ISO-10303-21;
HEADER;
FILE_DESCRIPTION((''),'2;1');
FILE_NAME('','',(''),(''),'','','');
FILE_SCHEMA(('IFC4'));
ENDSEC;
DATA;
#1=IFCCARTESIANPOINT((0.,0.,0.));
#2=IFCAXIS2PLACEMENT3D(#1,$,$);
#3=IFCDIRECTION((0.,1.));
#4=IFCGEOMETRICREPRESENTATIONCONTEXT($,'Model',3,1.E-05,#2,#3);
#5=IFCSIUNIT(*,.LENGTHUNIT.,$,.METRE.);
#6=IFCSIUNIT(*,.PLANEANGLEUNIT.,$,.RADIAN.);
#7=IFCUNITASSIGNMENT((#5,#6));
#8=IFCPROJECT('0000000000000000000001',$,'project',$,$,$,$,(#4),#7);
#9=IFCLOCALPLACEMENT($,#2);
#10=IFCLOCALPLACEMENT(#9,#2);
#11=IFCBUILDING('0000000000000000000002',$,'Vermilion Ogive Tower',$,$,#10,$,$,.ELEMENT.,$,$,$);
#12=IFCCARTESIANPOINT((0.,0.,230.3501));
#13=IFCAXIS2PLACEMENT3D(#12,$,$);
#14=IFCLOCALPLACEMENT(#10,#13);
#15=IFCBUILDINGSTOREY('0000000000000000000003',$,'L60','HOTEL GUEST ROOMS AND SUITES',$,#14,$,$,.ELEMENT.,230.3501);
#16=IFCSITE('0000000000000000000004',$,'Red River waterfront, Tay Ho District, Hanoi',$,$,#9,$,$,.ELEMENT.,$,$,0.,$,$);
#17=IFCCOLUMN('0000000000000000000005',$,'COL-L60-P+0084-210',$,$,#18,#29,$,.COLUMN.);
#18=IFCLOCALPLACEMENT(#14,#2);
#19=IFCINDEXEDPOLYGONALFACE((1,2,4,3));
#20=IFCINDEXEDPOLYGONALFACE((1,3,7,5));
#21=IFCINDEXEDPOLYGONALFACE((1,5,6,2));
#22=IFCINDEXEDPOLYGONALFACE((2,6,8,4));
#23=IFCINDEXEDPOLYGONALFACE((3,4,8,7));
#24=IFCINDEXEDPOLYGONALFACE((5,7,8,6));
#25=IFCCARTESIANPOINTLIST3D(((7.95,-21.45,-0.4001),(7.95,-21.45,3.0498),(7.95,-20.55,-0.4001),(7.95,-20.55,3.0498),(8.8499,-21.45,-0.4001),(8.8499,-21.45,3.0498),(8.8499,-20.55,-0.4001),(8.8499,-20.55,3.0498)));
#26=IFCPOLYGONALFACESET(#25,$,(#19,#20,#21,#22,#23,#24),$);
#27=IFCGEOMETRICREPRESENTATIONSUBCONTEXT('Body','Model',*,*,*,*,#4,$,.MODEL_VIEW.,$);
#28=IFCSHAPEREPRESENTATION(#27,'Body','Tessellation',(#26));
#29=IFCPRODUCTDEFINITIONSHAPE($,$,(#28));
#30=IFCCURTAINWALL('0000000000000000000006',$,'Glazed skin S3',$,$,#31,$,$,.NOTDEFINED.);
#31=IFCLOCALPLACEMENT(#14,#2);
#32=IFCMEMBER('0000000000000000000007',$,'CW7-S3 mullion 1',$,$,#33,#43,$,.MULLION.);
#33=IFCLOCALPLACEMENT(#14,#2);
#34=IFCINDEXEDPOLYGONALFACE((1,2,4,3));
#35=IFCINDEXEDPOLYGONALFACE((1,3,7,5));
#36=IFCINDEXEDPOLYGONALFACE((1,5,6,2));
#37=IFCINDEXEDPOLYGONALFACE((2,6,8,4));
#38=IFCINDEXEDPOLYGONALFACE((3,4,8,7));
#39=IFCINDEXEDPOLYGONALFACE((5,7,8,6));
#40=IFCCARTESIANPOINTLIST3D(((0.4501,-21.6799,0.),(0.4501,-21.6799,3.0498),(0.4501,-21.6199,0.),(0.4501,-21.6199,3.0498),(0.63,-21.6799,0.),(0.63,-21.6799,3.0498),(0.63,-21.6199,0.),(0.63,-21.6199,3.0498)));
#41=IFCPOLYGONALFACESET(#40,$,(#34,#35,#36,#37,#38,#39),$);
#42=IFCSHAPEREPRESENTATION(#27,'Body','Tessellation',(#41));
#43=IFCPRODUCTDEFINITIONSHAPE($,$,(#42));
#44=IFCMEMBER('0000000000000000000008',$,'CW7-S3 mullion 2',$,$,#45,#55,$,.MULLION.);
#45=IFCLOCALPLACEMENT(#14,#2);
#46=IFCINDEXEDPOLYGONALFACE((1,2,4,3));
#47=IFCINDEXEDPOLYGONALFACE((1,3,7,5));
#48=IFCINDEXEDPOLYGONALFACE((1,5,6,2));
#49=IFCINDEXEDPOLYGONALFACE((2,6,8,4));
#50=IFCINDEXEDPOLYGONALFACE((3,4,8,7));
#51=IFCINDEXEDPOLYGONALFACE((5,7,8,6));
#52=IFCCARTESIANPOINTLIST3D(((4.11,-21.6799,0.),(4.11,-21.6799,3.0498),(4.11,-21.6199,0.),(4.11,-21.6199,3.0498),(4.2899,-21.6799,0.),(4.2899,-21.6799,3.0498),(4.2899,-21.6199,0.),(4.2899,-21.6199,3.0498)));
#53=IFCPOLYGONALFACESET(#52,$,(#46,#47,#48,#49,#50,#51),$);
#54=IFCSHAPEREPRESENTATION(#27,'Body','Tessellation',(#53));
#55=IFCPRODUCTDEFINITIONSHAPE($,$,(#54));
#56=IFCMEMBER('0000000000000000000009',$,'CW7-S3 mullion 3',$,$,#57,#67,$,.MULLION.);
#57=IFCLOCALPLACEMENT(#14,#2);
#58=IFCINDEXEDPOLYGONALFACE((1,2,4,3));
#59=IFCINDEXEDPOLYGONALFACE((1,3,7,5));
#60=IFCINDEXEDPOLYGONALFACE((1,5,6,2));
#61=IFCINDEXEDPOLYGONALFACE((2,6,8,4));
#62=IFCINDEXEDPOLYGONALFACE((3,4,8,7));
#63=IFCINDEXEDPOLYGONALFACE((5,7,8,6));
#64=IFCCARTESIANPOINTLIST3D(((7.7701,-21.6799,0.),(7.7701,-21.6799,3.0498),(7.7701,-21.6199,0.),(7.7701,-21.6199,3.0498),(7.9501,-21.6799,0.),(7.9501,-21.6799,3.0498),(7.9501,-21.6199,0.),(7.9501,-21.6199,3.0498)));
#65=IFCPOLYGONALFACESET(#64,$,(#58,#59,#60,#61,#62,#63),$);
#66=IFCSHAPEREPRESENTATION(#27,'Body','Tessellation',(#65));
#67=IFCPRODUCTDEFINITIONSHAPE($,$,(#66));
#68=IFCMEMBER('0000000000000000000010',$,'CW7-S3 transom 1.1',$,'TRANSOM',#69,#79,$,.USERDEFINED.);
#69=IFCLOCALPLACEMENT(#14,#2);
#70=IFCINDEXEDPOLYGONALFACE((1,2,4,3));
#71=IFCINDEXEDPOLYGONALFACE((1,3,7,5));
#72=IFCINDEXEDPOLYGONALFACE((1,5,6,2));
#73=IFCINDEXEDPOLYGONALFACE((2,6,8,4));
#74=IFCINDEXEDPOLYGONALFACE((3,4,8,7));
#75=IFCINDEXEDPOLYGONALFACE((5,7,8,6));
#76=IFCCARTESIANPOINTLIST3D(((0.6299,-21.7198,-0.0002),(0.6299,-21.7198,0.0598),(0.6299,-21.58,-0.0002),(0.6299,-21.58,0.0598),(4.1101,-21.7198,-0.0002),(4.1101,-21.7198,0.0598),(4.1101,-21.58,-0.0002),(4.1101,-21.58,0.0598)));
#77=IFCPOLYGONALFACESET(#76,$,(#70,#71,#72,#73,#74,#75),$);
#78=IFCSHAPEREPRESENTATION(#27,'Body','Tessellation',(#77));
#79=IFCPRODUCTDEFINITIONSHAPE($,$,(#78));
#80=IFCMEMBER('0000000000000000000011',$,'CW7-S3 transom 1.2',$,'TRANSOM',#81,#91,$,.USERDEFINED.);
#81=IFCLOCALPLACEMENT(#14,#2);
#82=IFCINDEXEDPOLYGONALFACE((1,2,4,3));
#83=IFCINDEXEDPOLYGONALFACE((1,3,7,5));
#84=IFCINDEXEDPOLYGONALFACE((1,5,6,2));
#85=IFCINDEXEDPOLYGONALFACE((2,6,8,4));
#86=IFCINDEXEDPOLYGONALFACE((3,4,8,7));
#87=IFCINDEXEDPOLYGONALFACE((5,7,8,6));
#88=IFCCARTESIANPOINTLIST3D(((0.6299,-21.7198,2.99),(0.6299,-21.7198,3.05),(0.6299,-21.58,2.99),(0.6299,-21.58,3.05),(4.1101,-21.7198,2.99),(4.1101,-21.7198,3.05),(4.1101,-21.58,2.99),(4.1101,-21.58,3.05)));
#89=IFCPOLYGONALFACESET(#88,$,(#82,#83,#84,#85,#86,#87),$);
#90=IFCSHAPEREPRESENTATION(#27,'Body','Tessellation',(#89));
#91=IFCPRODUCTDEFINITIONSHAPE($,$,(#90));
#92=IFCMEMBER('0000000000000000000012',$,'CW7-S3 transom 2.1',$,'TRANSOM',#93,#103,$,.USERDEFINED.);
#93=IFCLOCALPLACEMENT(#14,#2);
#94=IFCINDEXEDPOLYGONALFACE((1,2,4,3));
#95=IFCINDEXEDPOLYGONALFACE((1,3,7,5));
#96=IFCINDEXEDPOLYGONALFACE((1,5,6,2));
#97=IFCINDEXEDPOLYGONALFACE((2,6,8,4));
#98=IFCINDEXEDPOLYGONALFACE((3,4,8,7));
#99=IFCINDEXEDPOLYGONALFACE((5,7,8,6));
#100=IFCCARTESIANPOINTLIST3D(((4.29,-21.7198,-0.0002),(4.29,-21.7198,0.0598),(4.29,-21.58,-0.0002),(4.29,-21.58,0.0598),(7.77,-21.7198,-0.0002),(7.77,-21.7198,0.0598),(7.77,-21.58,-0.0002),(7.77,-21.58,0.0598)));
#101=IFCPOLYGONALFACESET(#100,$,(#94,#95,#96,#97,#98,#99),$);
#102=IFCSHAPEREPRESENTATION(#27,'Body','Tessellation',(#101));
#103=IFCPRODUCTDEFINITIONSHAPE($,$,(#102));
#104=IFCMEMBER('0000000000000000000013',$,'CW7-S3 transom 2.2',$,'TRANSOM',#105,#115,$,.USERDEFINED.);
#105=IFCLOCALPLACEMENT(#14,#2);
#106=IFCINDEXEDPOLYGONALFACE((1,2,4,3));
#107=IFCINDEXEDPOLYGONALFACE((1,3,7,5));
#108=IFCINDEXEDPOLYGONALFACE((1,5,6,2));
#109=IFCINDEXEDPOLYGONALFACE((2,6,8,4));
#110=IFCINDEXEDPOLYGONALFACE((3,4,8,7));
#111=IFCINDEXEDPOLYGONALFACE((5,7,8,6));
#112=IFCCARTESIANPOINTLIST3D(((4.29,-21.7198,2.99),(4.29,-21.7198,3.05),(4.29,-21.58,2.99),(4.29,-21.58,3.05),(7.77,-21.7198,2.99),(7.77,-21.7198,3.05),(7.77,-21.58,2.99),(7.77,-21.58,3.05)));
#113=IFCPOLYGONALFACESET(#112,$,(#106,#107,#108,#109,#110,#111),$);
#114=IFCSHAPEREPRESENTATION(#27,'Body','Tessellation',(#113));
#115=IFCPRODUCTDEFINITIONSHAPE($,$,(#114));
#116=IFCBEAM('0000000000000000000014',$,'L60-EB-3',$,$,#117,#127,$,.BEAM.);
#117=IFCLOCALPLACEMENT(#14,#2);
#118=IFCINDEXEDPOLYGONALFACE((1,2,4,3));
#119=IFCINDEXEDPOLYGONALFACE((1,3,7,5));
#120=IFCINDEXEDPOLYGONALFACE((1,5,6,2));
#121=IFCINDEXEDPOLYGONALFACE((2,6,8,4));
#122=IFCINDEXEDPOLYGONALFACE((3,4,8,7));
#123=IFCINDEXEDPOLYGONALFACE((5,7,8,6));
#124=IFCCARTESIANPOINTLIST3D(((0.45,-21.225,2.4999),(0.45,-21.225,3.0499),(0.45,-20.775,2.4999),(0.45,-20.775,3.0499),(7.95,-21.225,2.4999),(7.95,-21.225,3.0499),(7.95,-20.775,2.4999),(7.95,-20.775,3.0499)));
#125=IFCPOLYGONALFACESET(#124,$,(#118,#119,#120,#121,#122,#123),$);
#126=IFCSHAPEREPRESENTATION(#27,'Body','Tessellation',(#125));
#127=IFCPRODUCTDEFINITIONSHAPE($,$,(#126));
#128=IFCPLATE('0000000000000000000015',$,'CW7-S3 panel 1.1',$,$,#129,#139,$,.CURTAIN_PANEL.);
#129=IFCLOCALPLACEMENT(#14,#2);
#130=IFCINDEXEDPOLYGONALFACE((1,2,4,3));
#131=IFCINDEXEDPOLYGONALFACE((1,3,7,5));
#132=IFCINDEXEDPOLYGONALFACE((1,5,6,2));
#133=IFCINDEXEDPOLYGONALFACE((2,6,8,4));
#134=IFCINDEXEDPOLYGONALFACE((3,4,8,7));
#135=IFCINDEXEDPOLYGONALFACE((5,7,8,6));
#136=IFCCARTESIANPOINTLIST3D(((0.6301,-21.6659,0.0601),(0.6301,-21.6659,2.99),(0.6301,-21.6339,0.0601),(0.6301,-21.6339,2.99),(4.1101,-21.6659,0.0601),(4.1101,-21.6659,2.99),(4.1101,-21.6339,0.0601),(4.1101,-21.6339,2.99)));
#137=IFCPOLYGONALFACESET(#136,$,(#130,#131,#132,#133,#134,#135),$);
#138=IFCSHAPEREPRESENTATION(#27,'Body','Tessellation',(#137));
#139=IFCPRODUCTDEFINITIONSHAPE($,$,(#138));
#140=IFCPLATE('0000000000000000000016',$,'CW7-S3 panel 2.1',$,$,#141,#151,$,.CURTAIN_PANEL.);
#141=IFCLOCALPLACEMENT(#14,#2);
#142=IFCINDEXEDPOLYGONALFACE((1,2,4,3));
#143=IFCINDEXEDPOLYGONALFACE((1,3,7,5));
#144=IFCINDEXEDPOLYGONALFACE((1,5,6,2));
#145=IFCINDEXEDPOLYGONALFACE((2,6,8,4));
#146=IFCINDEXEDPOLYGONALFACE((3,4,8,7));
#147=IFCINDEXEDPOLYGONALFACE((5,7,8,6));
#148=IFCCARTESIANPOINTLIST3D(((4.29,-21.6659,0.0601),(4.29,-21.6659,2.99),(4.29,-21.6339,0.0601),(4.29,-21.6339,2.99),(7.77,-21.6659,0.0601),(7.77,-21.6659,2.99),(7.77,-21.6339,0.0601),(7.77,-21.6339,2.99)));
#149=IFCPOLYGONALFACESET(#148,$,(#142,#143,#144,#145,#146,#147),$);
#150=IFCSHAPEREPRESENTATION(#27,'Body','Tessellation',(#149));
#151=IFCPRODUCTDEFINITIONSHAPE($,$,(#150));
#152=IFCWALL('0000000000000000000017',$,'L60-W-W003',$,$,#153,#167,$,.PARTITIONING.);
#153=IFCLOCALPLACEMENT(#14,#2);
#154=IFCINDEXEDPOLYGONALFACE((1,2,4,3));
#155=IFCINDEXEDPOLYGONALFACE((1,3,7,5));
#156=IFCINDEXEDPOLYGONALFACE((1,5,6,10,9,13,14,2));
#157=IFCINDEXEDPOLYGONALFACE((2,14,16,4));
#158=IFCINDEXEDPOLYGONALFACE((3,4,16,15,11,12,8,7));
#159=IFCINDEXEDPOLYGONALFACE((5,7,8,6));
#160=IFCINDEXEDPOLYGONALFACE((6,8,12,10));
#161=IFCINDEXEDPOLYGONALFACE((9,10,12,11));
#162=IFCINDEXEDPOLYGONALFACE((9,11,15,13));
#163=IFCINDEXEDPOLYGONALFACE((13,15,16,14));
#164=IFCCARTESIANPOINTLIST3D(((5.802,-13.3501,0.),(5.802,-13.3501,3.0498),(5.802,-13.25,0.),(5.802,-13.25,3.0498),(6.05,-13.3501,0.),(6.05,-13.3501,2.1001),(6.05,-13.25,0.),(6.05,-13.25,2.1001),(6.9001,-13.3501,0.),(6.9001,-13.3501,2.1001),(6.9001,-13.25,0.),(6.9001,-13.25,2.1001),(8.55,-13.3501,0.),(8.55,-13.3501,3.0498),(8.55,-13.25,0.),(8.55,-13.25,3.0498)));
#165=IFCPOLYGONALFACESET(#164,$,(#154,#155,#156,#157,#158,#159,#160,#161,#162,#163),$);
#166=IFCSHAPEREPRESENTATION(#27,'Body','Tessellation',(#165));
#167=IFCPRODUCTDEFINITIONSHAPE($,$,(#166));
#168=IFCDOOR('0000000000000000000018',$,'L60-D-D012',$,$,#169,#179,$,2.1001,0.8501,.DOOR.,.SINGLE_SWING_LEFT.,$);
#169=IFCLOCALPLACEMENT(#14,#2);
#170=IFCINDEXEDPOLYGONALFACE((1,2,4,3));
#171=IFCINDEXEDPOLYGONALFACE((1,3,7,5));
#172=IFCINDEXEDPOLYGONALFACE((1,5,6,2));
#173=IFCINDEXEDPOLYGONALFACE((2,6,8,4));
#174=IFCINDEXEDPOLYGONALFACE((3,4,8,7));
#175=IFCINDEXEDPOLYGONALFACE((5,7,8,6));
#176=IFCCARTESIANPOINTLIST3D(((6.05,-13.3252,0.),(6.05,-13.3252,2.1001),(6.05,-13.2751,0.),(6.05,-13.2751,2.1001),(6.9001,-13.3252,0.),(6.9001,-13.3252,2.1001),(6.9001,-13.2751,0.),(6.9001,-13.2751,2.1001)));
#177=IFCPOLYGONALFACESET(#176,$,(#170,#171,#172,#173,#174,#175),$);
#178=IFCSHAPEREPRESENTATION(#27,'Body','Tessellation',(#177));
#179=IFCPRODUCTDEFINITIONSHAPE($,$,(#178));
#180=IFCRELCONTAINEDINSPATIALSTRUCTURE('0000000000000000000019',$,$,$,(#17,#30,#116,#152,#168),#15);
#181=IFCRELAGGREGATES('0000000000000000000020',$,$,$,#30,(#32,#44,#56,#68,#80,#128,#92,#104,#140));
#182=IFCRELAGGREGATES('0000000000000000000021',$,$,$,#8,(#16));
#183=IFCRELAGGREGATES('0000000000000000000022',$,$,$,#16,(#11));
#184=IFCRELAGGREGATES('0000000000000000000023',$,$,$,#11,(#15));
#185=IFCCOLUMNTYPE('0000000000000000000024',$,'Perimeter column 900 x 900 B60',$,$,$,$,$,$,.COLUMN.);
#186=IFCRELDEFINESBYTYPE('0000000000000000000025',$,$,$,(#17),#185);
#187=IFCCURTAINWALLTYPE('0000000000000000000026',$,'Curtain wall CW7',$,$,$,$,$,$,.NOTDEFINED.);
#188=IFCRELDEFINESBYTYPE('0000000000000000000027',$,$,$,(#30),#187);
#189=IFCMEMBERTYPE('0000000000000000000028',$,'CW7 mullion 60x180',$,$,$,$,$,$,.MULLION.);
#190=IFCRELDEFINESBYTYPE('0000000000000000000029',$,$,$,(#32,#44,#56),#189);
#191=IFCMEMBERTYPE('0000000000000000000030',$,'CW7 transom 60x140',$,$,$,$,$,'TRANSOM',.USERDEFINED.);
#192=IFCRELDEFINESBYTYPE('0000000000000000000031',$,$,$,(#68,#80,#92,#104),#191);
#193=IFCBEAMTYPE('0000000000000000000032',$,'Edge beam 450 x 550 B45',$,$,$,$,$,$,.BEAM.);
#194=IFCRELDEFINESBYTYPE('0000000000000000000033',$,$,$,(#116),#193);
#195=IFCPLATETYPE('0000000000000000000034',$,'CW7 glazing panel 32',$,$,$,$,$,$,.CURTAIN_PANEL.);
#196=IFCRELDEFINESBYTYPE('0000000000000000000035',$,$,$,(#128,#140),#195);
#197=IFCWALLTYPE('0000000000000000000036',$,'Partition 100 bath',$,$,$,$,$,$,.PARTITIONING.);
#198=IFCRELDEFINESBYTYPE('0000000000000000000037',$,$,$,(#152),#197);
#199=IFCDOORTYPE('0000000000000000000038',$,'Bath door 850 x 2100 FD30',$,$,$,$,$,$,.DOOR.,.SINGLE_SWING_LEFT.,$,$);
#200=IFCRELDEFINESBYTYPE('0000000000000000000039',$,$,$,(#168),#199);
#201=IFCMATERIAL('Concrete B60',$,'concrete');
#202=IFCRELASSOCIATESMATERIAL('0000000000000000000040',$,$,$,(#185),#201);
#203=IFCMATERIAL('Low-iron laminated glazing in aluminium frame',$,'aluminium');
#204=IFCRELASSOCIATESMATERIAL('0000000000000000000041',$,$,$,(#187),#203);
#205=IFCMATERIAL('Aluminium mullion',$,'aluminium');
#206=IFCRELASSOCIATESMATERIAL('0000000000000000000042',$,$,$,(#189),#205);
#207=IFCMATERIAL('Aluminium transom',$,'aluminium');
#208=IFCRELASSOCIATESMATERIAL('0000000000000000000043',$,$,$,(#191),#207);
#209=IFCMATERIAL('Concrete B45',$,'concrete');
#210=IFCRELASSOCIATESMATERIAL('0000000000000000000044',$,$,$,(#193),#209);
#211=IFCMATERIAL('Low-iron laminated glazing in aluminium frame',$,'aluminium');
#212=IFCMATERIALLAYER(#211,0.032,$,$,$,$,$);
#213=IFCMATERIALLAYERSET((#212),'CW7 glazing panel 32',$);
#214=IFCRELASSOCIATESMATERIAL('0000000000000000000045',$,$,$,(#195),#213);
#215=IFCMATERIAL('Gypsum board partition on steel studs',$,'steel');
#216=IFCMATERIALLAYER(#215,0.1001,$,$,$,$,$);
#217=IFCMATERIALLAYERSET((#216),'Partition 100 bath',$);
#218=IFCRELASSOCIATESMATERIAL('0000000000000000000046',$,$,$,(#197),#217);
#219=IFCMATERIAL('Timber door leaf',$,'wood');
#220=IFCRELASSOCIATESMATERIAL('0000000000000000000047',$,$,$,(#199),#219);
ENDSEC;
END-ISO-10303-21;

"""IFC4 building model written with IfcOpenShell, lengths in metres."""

from ifc_helpers import new_model, si_unit, direction, frame, frame_2d, origin, origin_2d, place, context, subcontext, project, spatial, rectangle, extrude, material, layer, layer_set, material_profile, profile_set, type_object, element, fill, aggregate, save


model = new_model("IFC4")

# Units and contexts
model_context = context("Model", 3, precision=1e-05, world=origin(), true_north=direction((0.0, 1.0)))
body_context = subcontext(model_context, "Body", "Model", "MODEL_VIEW")
ifc_project = project(units=[si_unit("LENGTHUNIT", "METRE"), si_unit("PLANEANGLEUNIT", "RADIAN")], contexts=[model_context])

# Site, building, storey
site_placement = place(None, origin())
site = spatial("IfcSite", under=ifc_project, at=site_placement, Name="Red River waterfront, Tay Ho District, Hanoi", CompositionType="ELEMENT", RefElevation=0.0)
building_placement = place(site_placement, origin())
building = spatial("IfcBuilding", under=site, at=building_placement, Name="Vermilion Ogive Tower", CompositionType="ELEMENT")
storey_placement = place(building_placement, frame((0.0, 0.0, 230.3501)))
storey = spatial("IfcBuildingStorey", under=building, at=storey_placement, Name="L60", Description="HOTEL GUEST ROOMS AND SUITES", CompositionType="ELEMENT", Elevation=230.3501)

# Column
ifc_material_1 = material(Name="Concrete B60", Category="concrete")
ifc_material_profile_1 = material_profile(ifc_material_1, rectangle(XDim=0.8999, YDim=0.8999, at=origin_2d()), Name="900 x 900")
ifc_profile_set_1 = profile_set([ifc_material_profile_1], Name="Concrete B60")
column_type = type_object("IfcColumnType", Name="Perimeter column 900 x 900 B60", PredefinedType="COLUMN", material=ifc_profile_set_1)
column_placement = place(storey_placement, frame((8.3999, -21.0, -0.4001), z_axis=(0.0, 0.0, 1.0), x_axis=(1.0, 0.0, 0.0)))
element("IfcColumn", 1, at=column_placement, inside=storey, type_object=column_type, Name="COL-L60-P+0084-210", PredefinedType="COLUMN", context=body_context, shape_type="SweptSolid", body=[
    extrude(rectangle(XDim=0.8999, YDim=0.8999, at=origin_2d()), origin(), (0.0, 0.0, 1.0), 3.45),
])

# Curtain wall, members
ifc_material_2 = material(Name="Low-iron laminated glazing in aluminium frame", Category="aluminium")
curtain_wall_type = type_object("IfcCurtainWallType", Name="Curtain wall CW7", PredefinedType="NOTDEFINED", material=ifc_material_2)
curtain_wall_placement = place(storey_placement, origin())
curtain_wall = element("IfcCurtainWall", 2, at=curtain_wall_placement, inside=storey, type_object=curtain_wall_type, Name="Glazed skin S3", PredefinedType="NOTDEFINED")
ifc_material_3 = material(Name="Aluminium mullion", Category="aluminium")
ifc_material_profile_2 = material_profile(ifc_material_3, rectangle(XDim=0.0601, YDim=0.1799, at=origin_2d()), Name="AL 60x180")
ifc_profile_set_2 = profile_set([ifc_material_profile_2], Name="Aluminium mullion")
member_type_1 = type_object("IfcMemberType", Name="CW7 mullion 60x180", PredefinedType="MULLION", material=ifc_profile_set_2)
member_1_placement = place(storey_placement, frame((0.54, -21.6499, 0.0), z_axis=(0.0, 0.0, 1.0), x_axis=(0.0, 1.0, 0.0)))
member_1 = element("IfcMember", 3, at=member_1_placement, type_object=member_type_1, Name="CW7-S3 mullion 1", PredefinedType="MULLION", context=body_context, shape_type="SweptSolid", body=[
    extrude(rectangle(XDim=0.0601, YDim=0.1799, at=origin_2d()), origin(), (0.0, 0.0, 1.0), 3.0498),
])
member_2_placement = place(storey_placement, frame((4.2, -21.6499, 0.0), z_axis=(0.0, 0.0, 1.0), x_axis=(0.0, 1.0, 0.0)))
member_2 = element("IfcMember", 4, at=member_2_placement, type_object=member_type_1, Name="CW7-S3 mullion 2", PredefinedType="MULLION", context=body_context, shape_type="SweptSolid", body=[
    extrude(rectangle(XDim=0.0601, YDim=0.1799, at=origin_2d()), origin(), (0.0, 0.0, 1.0), 3.0498),
])
member_3_placement = place(storey_placement, frame((7.8601, -21.6499, 0.0), z_axis=(0.0, 0.0, 1.0), x_axis=(0.0, 1.0, 0.0)))
member_3 = element("IfcMember", 5, at=member_3_placement, type_object=member_type_1, Name="CW7-S3 mullion 3", PredefinedType="MULLION", context=body_context, shape_type="SweptSolid", body=[
    extrude(rectangle(XDim=0.0601, YDim=0.1799, at=origin_2d()), origin(), (0.0, 0.0, 1.0), 3.0498),
])
ifc_material_4 = material(Name="Aluminium transom", Category="aluminium")
ifc_material_profile_3 = material_profile(ifc_material_4, rectangle(XDim=0.1399, YDim=0.0601, at=origin_2d()), Name="AL 60x140")
ifc_profile_set_3 = profile_set([ifc_material_profile_3], Name="Aluminium transom")
member_type_2 = type_object("IfcMemberType", Name="CW7 transom 60x140", ElementType="TRANSOM", PredefinedType="USERDEFINED", material=ifc_profile_set_3)
member_4_placement = place(storey_placement, frame((0.6299, -21.6499, 0.0298), z_axis=(1.0, 0.0, 0.0), x_axis=(0.0, 1.0, 0.0)))
member_4 = element("IfcMember", 6, at=member_4_placement, type_object=member_type_2, Name="CW7-S3 transom 1.1", ObjectType="TRANSOM", PredefinedType="USERDEFINED", context=body_context, shape_type="SweptSolid", body=[
    extrude(rectangle(XDim=0.1399, YDim=0.0601, at=origin_2d()), origin(), (0.0, 0.0, 1.0), 3.4802),
])
member_5_placement = place(storey_placement, frame((0.6299, -21.6499, 3.02), z_axis=(1.0, 0.0, 0.0), x_axis=(0.0, 1.0, 0.0)))
member_5 = element("IfcMember", 7, at=member_5_placement, type_object=member_type_2, Name="CW7-S3 transom 1.2", ObjectType="TRANSOM", PredefinedType="USERDEFINED", context=body_context, shape_type="SweptSolid", body=[
    extrude(rectangle(XDim=0.1399, YDim=0.0601, at=origin_2d()), origin(), (0.0, 0.0, 1.0), 3.4802),
])
member_6_placement = place(storey_placement, frame((4.29, -21.6499, 0.0298), z_axis=(1.0, 0.0, 0.0), x_axis=(0.0, 1.0, 0.0)))
member_6 = element("IfcMember", 8, at=member_6_placement, type_object=member_type_2, Name="CW7-S3 transom 2.1", ObjectType="TRANSOM", PredefinedType="USERDEFINED", context=body_context, shape_type="SweptSolid", body=[
    extrude(rectangle(XDim=0.1399, YDim=0.0601, at=origin_2d()), origin(), (0.0, 0.0, 1.0), 3.48),
])
member_7_placement = place(storey_placement, frame((4.29, -21.6499, 3.02), z_axis=(1.0, 0.0, 0.0), x_axis=(0.0, 1.0, 0.0)))
member_7 = element("IfcMember", 9, at=member_7_placement, type_object=member_type_2, Name="CW7-S3 transom 2.2", ObjectType="TRANSOM", PredefinedType="USERDEFINED", context=body_context, shape_type="SweptSolid", body=[
    extrude(rectangle(XDim=0.1399, YDim=0.0601, at=origin_2d()), origin(), (0.0, 0.0, 1.0), 3.48),
])

# Beam
ifc_material_5 = material(Name="Concrete B45", Category="concrete")
ifc_material_profile_4 = material_profile(ifc_material_5, rectangle(XDim=0.45, YDim=0.55, at=origin_2d()), Name="450 x 550")
ifc_profile_set_4 = profile_set([ifc_material_profile_4], Name="Concrete B45")
beam_type = type_object("IfcBeamType", Name="Edge beam 450 x 550 B45", PredefinedType="BEAM", material=ifc_profile_set_4)
beam_placement = place(storey_placement, frame((0.45, -21.0, 2.7749), z_axis=(1.0, 0.0, 0.0), x_axis=(0.0, 1.0, 0.0)))
element("IfcBeam", 10, at=beam_placement, inside=storey, type_object=beam_type, Name="L60-EB-3", PredefinedType="BEAM", context=body_context, shape_type="SweptSolid", body=[
    extrude(rectangle(XDim=0.45, YDim=0.55, at=origin_2d()), origin(), (0.0, 0.0, 1.0), 7.5),
])

# Plates
ifc_material_6 = material(Name="Low-iron laminated glazing in aluminium frame", Category="aluminium")
ifc_layer_1 = layer(ifc_material_6, 0.032)
ifc_layer_set_1 = layer_set([ifc_layer_1], Name="CW7 glazing panel 32")
plate_type = type_object("IfcPlateType", Name="CW7 glazing panel 32", PredefinedType="CURTAIN_PANEL", material=ifc_layer_set_1)
plate_1_placement = place(storey_placement, frame((2.3701, -21.6499, 0.0601), z_axis=(0.0, 0.0, 1.0), x_axis=(1.0, 0.0, 0.0)))
plate_1 = element("IfcPlate", 11, at=plate_1_placement, type_object=plate_type, Name="CW7-S3 panel 1.1", PredefinedType="CURTAIN_PANEL", context=body_context, shape_type="SweptSolid", body=[
    extrude(rectangle(XDim=3.48, YDim=0.032, at=origin_2d()), origin(), (0.0, 0.0, 1.0), 2.9299),
])
plate_2_placement = place(storey_placement, frame((6.03, -21.6499, 0.0601), z_axis=(0.0, 0.0, 1.0), x_axis=(1.0, 0.0, 0.0)))
plate_2 = element("IfcPlate", 12, at=plate_2_placement, type_object=plate_type, Name="CW7-S3 panel 2.1", PredefinedType="CURTAIN_PANEL", context=body_context, shape_type="SweptSolid", body=[
    extrude(rectangle(XDim=3.48, YDim=0.032, at=origin_2d()), origin(), (0.0, 0.0, 1.0), 2.9299),
])
aggregate(curtain_wall, [member_1, member_2, member_3, member_4, member_5, plate_1, member_6, member_7, plate_2])

# Wall, opening, door
ifc_material_7 = material(Name="Gypsum board partition on steel studs", Category="steel")
ifc_layer_2 = layer(ifc_material_7, 0.1001)
ifc_layer_set_2 = layer_set([ifc_layer_2], Name="Partition 100 bath")
wall_type_1 = type_object("IfcWallType", Name="Partition 100 bath", PredefinedType="PARTITIONING", material=ifc_layer_set_2)
wall_1_placement = place(storey_placement, frame((5.802, -13.3, 0.0), z_axis=(0.0, 0.0, 1.0), x_axis=(1.0, 0.0, 0.0)))
wall_1 = element("IfcWall", 13, at=wall_1_placement, inside=storey, type_object=wall_type_1, Name="L60-W-W003", PredefinedType="PARTITIONING", context=body_context, shape_type="SweptSolid", body=[
    extrude(rectangle(XDim=2.748, YDim=0.1001, at=frame_2d((1.374, 0.0))), origin(), (0.0, 0.0, 1.0), 3.0498),
])
opening_placement = place(wall_1_placement, frame((0.248, 0.0, 0.0)))
opening = element("IfcOpeningElement", 14, at=opening_placement, cuts=wall_1, PredefinedType="OPENING", context=body_context, shape_type="SweptSolid", body=[
    extrude(rectangle(XDim=0.8501, YDim=2.1001, at=frame_2d((0.425, 1.05))), frame((0.0, 0.0601, 0.0), z_axis=(0.0, -1.0, 0.0), x_axis=(1.0, 0.0, 0.0)), (0.0, 0.0, 1.0), 0.1201),
])
ifc_material_8 = material(Name="Timber door leaf", Category="wood")
door_type = type_object("IfcDoorType", Name="Bath door 850 x 2100 FD30", OperationType="SINGLE_SWING_LEFT", PredefinedType="DOOR", material=ifc_material_8)
door_placement = place(opening_placement, origin())
door = element("IfcDoor", 15, at=door_placement, inside=storey, type_object=door_type, Name="L60-D-D012", OperationType="SINGLE_SWING_LEFT", OverallHeight=2.1001, OverallWidth=0.8501, PredefinedType="DOOR", context=body_context, shape_type="SweptSolid", body=[
    extrude(rectangle(XDim=0.8501, YDim=2.1001, at=frame_2d((0.425, 1.05))), frame((0.0, 0.0249, 0.0), z_axis=(0.0, -1.0, 0.0), x_axis=(1.0, 0.0, 0.0)), (0.0, 0.0, 1.0), 0.05),
])
fill(opening, door)

save(model, "model.ifc")
